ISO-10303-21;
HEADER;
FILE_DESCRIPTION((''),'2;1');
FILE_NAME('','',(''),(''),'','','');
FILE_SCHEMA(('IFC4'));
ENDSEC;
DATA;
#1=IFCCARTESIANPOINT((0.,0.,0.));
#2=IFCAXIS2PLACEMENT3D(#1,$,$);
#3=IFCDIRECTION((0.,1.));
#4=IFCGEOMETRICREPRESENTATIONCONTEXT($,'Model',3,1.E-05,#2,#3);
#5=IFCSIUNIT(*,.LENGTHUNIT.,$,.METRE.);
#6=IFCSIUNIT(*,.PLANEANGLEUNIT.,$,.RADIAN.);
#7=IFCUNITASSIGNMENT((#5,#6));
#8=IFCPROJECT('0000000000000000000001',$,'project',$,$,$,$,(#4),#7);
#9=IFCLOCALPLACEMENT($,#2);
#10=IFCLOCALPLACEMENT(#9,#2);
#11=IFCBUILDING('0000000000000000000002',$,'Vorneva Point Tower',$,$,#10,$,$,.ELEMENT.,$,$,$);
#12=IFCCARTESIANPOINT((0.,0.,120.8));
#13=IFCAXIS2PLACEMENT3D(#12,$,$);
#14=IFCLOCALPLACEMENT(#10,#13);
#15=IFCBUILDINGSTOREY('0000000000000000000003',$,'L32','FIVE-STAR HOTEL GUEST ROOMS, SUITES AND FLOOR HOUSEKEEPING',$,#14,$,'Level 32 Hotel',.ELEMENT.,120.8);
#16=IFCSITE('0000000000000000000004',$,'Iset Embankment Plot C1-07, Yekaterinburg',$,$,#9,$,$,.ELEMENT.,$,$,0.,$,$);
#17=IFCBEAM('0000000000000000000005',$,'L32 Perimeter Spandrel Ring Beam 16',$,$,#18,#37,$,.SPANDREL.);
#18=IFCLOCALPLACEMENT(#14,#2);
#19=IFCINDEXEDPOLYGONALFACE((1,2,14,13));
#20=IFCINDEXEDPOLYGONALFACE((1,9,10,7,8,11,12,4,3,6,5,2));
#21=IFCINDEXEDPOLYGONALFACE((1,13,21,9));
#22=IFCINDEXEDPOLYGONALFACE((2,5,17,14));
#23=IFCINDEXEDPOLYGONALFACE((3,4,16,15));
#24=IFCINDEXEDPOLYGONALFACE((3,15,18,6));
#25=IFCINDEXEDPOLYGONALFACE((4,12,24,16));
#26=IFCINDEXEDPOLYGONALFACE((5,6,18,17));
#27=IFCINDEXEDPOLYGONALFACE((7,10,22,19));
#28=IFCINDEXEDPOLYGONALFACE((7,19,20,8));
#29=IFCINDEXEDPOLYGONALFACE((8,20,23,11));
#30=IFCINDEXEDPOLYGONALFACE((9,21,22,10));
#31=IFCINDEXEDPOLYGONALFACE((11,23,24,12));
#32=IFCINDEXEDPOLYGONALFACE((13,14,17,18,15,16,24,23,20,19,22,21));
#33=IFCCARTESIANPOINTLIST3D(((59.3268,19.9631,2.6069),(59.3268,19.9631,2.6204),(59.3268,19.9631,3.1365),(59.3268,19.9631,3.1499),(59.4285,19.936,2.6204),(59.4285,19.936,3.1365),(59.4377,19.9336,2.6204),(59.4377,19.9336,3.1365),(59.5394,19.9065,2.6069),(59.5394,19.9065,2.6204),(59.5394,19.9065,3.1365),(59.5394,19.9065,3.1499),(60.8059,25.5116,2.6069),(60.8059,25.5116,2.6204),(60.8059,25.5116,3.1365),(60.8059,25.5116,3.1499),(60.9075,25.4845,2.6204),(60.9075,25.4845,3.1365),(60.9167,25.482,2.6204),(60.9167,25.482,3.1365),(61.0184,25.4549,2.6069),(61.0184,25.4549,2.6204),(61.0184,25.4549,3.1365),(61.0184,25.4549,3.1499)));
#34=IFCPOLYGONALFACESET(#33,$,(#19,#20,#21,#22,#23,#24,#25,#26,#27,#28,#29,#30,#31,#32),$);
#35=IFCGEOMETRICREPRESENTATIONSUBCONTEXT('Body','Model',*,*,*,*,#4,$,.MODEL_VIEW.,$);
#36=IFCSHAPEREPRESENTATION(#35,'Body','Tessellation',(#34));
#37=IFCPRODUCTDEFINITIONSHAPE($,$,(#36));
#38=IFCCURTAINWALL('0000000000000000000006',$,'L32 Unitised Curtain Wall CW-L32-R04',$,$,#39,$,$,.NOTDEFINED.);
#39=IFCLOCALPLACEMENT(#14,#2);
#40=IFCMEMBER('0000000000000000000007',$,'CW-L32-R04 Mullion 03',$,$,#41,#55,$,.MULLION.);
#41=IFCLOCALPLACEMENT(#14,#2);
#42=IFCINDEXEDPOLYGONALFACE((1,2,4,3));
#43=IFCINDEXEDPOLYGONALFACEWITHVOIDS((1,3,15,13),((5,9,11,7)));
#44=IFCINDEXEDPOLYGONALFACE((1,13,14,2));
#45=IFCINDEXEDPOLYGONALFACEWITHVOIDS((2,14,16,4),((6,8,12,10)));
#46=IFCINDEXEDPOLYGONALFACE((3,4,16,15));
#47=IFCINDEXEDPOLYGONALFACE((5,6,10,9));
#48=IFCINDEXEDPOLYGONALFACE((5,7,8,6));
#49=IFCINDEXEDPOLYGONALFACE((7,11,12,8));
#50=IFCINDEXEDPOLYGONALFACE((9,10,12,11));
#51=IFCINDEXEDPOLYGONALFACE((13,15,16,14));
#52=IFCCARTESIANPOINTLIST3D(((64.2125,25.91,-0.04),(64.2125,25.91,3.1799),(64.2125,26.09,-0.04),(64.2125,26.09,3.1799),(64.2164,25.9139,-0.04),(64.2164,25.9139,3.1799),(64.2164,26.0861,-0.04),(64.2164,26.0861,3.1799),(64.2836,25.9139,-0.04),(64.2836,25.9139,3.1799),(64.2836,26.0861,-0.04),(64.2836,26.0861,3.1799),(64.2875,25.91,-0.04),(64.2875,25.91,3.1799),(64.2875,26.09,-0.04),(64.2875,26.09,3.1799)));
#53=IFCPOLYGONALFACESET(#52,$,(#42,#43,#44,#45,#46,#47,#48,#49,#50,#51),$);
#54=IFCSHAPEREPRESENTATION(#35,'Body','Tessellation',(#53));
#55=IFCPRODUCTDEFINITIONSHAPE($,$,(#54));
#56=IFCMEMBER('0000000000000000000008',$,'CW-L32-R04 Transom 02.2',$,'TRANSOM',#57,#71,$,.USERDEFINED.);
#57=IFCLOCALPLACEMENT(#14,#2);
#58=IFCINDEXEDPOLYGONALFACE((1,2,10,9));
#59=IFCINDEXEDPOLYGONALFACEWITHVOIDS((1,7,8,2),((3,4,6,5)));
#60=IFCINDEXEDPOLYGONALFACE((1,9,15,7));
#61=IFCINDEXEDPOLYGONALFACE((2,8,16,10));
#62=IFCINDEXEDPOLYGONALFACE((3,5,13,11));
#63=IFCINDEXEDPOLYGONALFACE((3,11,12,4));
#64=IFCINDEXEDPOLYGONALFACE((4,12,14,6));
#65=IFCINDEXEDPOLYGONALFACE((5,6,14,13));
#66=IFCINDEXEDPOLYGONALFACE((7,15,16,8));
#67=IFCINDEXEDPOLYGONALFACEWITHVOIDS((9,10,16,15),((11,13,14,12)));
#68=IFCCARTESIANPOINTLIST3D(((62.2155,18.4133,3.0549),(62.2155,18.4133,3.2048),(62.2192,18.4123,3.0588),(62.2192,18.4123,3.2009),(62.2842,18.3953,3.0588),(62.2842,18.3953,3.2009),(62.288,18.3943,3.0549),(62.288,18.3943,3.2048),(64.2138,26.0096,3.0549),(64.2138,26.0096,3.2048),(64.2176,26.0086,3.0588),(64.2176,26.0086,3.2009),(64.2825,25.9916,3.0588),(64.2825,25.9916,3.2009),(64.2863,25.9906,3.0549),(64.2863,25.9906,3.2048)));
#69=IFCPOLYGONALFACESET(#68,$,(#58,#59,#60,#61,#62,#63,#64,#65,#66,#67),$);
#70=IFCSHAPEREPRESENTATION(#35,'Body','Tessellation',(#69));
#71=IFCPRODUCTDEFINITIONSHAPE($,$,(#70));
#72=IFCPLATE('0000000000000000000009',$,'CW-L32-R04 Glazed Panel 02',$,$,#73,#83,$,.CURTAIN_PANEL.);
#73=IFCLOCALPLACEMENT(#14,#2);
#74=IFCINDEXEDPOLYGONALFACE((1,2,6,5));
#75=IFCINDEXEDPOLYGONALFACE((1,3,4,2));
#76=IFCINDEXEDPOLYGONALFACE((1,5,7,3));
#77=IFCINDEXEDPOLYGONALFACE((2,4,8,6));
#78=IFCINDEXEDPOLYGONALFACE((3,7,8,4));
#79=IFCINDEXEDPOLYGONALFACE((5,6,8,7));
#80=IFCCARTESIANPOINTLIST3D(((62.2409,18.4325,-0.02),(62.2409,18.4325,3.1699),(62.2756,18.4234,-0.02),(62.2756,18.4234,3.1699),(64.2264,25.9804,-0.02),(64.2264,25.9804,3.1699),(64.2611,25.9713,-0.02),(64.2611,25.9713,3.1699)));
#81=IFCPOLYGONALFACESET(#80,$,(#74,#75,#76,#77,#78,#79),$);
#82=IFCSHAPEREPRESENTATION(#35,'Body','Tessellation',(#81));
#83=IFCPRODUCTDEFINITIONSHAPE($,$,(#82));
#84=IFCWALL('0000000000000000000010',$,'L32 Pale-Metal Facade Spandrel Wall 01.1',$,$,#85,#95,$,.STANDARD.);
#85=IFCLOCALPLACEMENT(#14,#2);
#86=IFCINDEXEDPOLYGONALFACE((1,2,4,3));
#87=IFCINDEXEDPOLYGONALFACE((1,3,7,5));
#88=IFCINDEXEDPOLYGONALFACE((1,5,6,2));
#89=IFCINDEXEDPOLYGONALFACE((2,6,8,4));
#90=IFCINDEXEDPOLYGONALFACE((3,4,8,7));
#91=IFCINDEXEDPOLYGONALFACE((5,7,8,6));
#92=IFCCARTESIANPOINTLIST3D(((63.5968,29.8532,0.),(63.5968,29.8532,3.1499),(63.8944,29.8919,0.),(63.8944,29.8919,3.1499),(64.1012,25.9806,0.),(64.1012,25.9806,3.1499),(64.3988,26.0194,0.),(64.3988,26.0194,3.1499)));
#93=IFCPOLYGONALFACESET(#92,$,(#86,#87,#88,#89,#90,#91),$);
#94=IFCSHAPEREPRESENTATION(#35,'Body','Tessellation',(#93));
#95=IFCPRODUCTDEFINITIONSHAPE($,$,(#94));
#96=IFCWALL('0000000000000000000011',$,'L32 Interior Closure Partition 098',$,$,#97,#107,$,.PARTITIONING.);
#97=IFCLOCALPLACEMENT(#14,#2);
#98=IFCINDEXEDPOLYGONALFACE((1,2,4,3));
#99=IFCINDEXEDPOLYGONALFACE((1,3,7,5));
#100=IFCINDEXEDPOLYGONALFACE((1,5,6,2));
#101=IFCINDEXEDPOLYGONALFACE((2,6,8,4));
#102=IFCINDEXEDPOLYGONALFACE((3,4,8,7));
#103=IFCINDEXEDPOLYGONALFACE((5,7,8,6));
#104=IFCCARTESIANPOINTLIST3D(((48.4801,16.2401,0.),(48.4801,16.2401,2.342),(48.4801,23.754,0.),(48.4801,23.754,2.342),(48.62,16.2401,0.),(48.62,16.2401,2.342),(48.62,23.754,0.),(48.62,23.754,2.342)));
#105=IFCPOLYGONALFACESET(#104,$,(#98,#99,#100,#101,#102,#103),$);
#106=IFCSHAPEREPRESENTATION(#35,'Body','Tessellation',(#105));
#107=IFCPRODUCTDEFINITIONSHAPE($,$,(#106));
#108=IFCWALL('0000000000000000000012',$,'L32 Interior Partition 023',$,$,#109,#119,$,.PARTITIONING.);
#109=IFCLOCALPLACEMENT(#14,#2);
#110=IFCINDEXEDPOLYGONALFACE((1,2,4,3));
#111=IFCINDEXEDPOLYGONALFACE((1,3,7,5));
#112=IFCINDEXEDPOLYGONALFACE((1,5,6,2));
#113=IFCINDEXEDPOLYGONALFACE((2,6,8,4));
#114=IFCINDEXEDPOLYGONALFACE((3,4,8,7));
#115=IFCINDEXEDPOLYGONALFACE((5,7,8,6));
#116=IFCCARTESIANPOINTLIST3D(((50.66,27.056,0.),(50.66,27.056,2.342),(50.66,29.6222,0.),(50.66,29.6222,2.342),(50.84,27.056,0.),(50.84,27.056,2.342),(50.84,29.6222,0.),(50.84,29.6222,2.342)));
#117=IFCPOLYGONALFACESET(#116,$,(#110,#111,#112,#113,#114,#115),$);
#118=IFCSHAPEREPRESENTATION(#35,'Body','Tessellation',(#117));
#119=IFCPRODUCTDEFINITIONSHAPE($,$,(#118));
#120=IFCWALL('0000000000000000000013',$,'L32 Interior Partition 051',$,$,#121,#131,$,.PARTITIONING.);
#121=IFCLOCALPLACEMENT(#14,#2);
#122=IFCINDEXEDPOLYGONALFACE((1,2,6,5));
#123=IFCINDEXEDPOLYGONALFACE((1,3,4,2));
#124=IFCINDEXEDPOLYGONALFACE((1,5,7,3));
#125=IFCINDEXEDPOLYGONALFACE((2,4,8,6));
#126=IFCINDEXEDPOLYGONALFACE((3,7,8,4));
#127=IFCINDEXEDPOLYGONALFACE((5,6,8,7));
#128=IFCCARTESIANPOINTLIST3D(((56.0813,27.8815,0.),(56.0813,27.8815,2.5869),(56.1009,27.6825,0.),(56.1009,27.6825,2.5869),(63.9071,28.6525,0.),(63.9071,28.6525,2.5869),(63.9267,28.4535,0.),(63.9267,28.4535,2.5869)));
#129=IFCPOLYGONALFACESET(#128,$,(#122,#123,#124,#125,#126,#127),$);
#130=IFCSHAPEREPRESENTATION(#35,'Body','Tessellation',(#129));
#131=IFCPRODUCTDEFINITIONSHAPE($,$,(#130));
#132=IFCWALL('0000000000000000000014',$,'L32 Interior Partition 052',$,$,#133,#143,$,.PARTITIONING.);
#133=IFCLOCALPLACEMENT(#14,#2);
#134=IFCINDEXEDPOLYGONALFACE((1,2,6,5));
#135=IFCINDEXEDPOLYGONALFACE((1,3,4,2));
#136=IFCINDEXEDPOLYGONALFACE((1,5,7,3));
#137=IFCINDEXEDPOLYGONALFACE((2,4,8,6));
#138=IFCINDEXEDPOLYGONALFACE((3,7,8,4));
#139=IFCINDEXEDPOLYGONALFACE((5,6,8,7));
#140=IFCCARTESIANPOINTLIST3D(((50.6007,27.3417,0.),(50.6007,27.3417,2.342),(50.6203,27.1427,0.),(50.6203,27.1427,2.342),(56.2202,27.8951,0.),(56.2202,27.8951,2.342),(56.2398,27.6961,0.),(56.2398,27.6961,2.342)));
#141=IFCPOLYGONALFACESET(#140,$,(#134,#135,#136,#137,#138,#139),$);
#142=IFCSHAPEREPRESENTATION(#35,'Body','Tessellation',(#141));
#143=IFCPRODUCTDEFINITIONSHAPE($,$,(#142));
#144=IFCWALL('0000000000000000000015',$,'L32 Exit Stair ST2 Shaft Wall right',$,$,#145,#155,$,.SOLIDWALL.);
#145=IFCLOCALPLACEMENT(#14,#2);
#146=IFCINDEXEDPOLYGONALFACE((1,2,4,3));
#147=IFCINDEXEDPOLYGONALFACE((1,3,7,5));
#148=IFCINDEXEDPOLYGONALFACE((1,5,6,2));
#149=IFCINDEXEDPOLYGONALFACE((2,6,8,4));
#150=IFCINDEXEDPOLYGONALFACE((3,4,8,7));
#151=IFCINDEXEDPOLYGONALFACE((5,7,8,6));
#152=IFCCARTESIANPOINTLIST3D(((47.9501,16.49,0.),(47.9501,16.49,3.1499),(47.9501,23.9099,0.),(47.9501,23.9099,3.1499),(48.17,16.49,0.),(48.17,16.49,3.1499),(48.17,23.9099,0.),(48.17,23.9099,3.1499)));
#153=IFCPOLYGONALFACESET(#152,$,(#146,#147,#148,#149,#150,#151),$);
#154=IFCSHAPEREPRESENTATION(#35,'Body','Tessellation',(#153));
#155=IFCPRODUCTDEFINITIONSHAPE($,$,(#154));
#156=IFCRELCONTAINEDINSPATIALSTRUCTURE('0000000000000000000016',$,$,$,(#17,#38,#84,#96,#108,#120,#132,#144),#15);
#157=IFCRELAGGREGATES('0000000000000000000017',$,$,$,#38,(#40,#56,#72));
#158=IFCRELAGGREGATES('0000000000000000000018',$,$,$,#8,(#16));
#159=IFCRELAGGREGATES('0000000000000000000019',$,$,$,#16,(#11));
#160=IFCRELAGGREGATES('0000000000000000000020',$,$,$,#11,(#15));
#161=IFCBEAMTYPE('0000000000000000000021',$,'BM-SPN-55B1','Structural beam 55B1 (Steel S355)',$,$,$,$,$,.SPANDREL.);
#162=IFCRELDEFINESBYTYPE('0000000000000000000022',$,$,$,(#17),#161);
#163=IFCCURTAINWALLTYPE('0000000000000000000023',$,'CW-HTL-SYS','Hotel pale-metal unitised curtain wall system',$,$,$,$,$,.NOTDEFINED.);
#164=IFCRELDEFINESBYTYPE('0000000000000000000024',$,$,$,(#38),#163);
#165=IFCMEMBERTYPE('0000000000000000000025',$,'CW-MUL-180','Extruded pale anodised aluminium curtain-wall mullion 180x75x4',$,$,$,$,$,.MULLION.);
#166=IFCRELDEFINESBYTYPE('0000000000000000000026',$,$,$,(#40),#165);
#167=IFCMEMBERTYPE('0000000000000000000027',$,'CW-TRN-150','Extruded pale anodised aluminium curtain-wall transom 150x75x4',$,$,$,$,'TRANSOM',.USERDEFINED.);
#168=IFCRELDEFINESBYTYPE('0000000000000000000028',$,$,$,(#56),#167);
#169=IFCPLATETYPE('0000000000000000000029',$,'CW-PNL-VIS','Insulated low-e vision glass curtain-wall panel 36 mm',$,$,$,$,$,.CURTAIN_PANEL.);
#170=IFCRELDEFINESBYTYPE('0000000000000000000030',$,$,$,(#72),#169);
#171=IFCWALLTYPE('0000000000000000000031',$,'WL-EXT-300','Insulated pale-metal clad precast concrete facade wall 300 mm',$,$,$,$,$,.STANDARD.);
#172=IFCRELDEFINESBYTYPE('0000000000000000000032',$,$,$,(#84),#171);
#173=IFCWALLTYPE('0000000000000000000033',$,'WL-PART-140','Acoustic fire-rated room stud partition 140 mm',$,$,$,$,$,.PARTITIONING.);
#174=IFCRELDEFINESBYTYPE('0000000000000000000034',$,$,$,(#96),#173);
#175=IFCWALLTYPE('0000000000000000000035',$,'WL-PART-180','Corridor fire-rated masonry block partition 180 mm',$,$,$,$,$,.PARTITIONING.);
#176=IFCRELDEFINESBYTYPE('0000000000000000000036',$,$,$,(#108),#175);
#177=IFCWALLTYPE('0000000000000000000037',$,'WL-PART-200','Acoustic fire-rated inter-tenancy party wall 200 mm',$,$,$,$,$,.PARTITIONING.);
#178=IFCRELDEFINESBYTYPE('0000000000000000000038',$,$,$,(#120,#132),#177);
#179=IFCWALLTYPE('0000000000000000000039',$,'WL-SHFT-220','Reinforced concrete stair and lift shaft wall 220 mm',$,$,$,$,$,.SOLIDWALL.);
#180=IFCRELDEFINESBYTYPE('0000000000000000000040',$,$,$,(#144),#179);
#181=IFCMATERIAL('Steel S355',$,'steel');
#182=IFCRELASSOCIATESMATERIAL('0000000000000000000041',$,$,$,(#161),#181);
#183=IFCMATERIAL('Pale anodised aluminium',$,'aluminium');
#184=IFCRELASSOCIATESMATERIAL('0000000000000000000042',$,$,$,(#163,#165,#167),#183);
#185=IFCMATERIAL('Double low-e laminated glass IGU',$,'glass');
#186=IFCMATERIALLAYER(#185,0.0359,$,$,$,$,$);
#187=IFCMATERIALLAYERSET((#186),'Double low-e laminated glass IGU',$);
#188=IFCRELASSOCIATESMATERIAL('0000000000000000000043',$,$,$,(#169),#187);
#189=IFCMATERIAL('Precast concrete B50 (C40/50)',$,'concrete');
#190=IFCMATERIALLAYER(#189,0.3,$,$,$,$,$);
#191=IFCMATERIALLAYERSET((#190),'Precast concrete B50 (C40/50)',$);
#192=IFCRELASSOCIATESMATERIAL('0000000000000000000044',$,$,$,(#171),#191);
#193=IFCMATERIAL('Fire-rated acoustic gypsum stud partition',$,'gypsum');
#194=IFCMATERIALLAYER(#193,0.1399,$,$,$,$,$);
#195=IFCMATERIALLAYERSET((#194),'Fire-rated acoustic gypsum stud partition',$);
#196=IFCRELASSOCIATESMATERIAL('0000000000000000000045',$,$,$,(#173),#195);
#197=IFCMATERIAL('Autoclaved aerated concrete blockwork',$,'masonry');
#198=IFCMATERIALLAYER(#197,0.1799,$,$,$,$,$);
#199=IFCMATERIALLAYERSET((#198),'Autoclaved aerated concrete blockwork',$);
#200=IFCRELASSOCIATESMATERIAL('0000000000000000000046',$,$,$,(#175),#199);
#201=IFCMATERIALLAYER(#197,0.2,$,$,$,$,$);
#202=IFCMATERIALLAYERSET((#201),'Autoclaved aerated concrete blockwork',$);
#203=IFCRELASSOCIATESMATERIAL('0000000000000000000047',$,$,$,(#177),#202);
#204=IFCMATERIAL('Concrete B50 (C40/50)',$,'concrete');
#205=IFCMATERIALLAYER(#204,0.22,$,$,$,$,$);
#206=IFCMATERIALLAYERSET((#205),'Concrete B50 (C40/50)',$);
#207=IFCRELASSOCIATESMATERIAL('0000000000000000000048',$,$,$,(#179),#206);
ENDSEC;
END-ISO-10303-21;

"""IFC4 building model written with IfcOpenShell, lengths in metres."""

from ifc_helpers import new_model, si_unit, direction, frame, frame_2d, origin, origin_2d, place, context, subcontext, project, spatial, rectangle, hollow_rectangle, i_section, extrude, material, layer, layer_set, material_profile, profile_set, type_object, element, aggregate, save


model = new_model("IFC4")

# Units and contexts
model_context = context("Model", 3, precision=1e-05, world=origin(), true_north=direction((0.0, 1.0)))
body_context = subcontext(model_context, "Body", "Model", "MODEL_VIEW")
ifc_project = project(units=[si_unit("LENGTHUNIT", "METRE"), si_unit("PLANEANGLEUNIT", "RADIAN")], contexts=[model_context])

# Site, building, storey
site_placement = place(None, origin())
site = spatial("IfcSite", under=ifc_project, at=site_placement, Name="Iset Embankment Plot C1-07, Yekaterinburg", CompositionType="ELEMENT", RefElevation=0.0)
building_placement = place(site_placement, origin())
building = spatial("IfcBuilding", under=site, at=building_placement, Name="Vorneva Point Tower", CompositionType="ELEMENT")
storey_placement = place(building_placement, frame((0.0, 0.0, 120.8)))
storey = spatial("IfcBuildingStorey", under=building, at=storey_placement, Name="L32", Description="FIVE-STAR HOTEL GUEST ROOMS, SUITES AND FLOOR HOUSEKEEPING", LongName="Level 32 Hotel", CompositionType="ELEMENT", Elevation=120.8)

# Beam
ifc_material_1 = material(Name="Steel S355", Category="steel")
ifc_material_profile_1 = material_profile(ifc_material_1, i_section(OverallWidth=0.22, OverallDepth=0.543, WebThickness=0.0095, FlangeThickness=0.0134, at=origin_2d()), Name="55B1")
ifc_profile_set_1 = profile_set([ifc_material_profile_1], Name="Steel S355")
beam_type_1 = type_object("IfcBeamType", Name="BM-SPN-55B1", Description="Structural beam 55B1 (Steel S355)", PredefinedType="SPANDREL", material=ifc_profile_set_1)
for number, where, z_axis, x_axis, name in (
    (1, (59.4331, 19.9348, 2.8784), (0.257573, 0.966259, 0.0), (-0.966259, 0.257573, 0.0), "L32 Perimeter Spandrel Ring Beam 16"),
):
    element("IfcBeam", number, at=place(storey_placement, frame(where, z_axis=z_axis, x_axis=x_axis)), inside=storey, type_object=beam_type_1, Name=name, PredefinedType="SPANDREL", context=body_context, shape_type="SweptSolid", body=[
        extrude(i_section(OverallWidth=0.22, OverallDepth=0.543, WebThickness=0.0095, FlangeThickness=0.0134, at=origin_2d()), origin(), (0.0, 0.0, 1.0), 5.7422),
    ])

# Curtain wall, members, plate
ifc_material_2 = material(Name="Pale anodised aluminium", Category="aluminium")
curtain_wall_type = type_object("IfcCurtainWallType", Name="CW-HTL-SYS", Description="Hotel pale-metal unitised curtain wall system", PredefinedType="NOTDEFINED", material=ifc_material_2)
curtain_wall_placement = place(storey_placement, origin())
curtain_wall = element("IfcCurtainWall", 2, at=curtain_wall_placement, inside=storey, type_object=curtain_wall_type, Name="L32 Unitised Curtain Wall CW-L32-R04", PredefinedType="NOTDEFINED")
ifc_material_profile_2 = material_profile(ifc_material_2, hollow_rectangle(XDim=0.075, YDim=0.1799, WallThickness=0.0039, at=origin_2d()), Name="AL-MUL 180x75x4")
ifc_profile_set_2 = profile_set([ifc_material_profile_2], Name="Pale anodised aluminium")
member_type_1 = type_object("IfcMemberType", Name="CW-MUL-180", Description="Extruded pale anodised aluminium curtain-wall mullion 180x75x4", PredefinedType="MULLION", material=ifc_profile_set_2)
member_1_placement = place(storey_placement, frame((64.25, 26.0, -0.04), z_axis=(0.0, 0.0, 1.0), x_axis=(1.0, 0.0, 0.0)))
member_1 = element("IfcMember", 3, at=member_1_placement, type_object=member_type_1, Name="CW-L32-R04 Mullion 03", PredefinedType="MULLION", context=body_context, shape_type="SweptSolid", body=[
    extrude(hollow_rectangle(XDim=0.075, YDim=0.1799, WallThickness=0.0039, at=origin_2d()), origin(), (0.0, 0.0, 1.0), 3.22),
])
ifc_material_profile_3 = material_profile(ifc_material_2, hollow_rectangle(XDim=0.075, YDim=0.1499, WallThickness=0.0039, at=origin_2d()), Name="AL-TRN 150x75x4")
ifc_profile_set_3 = profile_set([ifc_material_profile_3], Name="Pale anodised aluminium")
member_type_2 = type_object("IfcMemberType", Name="CW-TRN-150", Description="Extruded pale anodised aluminium curtain-wall transom 150x75x4", ElementType="TRANSOM", PredefinedType="USERDEFINED", material=ifc_profile_set_3)
member_2_placement = place(storey_placement, frame((62.2517, 18.4038, 3.1299), z_axis=(0.254409, 0.967097, 0.0), x_axis=(-0.967097, 0.254409, 0.0)))
member_2 = element("IfcMember", 4, at=member_2_placement, type_object=member_type_2, Name="CW-L32-R04 Transom 02.2", ObjectType="TRANSOM", PredefinedType="USERDEFINED", context=body_context, shape_type="SweptSolid", body=[
    extrude(hollow_rectangle(XDim=0.075, YDim=0.1499, WallThickness=0.0039, at=origin_2d()), origin(), (0.0, 0.0, 1.0), 7.8547),
])
ifc_material_3 = material(Name="Double low-e laminated glass IGU", Category="glass")
ifc_layer_1 = layer(ifc_material_3, 0.0359)
ifc_layer_set_1 = layer_set([ifc_layer_1], Name="Double low-e laminated glass IGU")
plate_type = type_object("IfcPlateType", Name="CW-PNL-VIS", Description="Insulated low-e vision glass curtain-wall panel 36 mm", PredefinedType="CURTAIN_PANEL", material=ifc_layer_set_1)
plate_placement = place(storey_placement, frame((63.251, 22.2019, -0.02), z_axis=(0.0, 0.0, 1.0), x_axis=(0.254399, 0.967099, 0.0)))
plate = element("IfcPlate", 5, at=plate_placement, type_object=plate_type, Name="CW-L32-R04 Glazed Panel 02", PredefinedType="CURTAIN_PANEL", context=body_context, shape_type="SweptSolid", body=[
    extrude(rectangle(XDim=7.8047, YDim=0.0359, at=origin_2d()), origin(), (0.0, 0.0, 1.0), 3.1899),
])
aggregate(curtain_wall, [member_1, member_2, plate])

# Walls
ifc_material_4 = material(Name="Precast concrete B50 (C40/50)", Category="concrete")
ifc_layer_2 = layer(ifc_material_4, 0.3)
ifc_layer_set_2 = layer_set([ifc_layer_2], Name="Precast concrete B50 (C40/50)")
wall_type_1 = type_object("IfcWallType", Name="WL-EXT-300", Description="Insulated pale-metal clad precast concrete facade wall 300 mm", PredefinedType="STANDARD", material=ifc_layer_set_2)
wall_1_placement = place(storey_placement, frame((64.25, 26.0, 0.0), z_axis=(0.0, 0.0, 1.0), x_axis=(-0.129157, 0.991624, 0.0)))
element("IfcWall", 6, at=wall_1_placement, inside=storey, type_object=wall_type_1, Name="L32 Pale-Metal Facade Spandrel Wall 01.1", PredefinedType="STANDARD", context=body_context, shape_type="SweptSolid", body=[
    extrude(rectangle(XDim=3.9053, YDim=0.3, at=frame_2d((1.9526, 0.0))), origin(), (0.0, 0.0, 1.0), 3.1499),
])
ifc_material_5 = material(Name="Fire-rated acoustic gypsum stud partition", Category="gypsum")
ifc_layer_3 = layer(ifc_material_5, 0.1399)
ifc_layer_set_3 = layer_set([ifc_layer_3], Name="Fire-rated acoustic gypsum stud partition")
wall_type_2 = type_object("IfcWallType", Name="WL-PART-140", Description="Acoustic fire-rated room stud partition 140 mm", PredefinedType="PARTITIONING", material=ifc_layer_set_3)
wall_2_placement = place(storey_placement, frame((48.55, 23.7539, 0.0), z_axis=(0.0, 0.0, 1.0), x_axis=(0.0, -1.0, 0.0)))
element("IfcWall", 7, at=wall_2_placement, inside=storey, type_object=wall_type_2, Name="L32 Interior Closure Partition 098", PredefinedType="PARTITIONING", context=body_context, shape_type="SweptSolid", body=[
    extrude(rectangle(XDim=7.5139, YDim=0.1399, at=frame_2d((3.7568, 0.0))), origin(), (0.0, 0.0, 1.0), 2.342),
])

# Shared definitions
ifc_material_6 = material(Name="Autoclaved aerated concrete blockwork", Category="masonry")
ifc_layer_4 = layer(ifc_material_6, 0.1799)
ifc_layer_set_4 = layer_set([ifc_layer_4], Name="Autoclaved aerated concrete blockwork")
wall_type_3 = type_object("IfcWallType", Name="WL-PART-180", Description="Corridor fire-rated masonry block partition 180 mm", PredefinedType="PARTITIONING", material=ifc_layer_set_4)

# Walls
wall_3_placement = place(storey_placement, frame((50.75, 27.0559, 0.0), z_axis=(0.0, 0.0, 1.0), x_axis=(0.0, 1.0, 0.0)))
element("IfcWall", 8, at=wall_3_placement, inside=storey, type_object=wall_type_3, Name="L32 Interior Partition 023", PredefinedType="PARTITIONING", context=body_context, shape_type="SweptSolid", body=[
    extrude(rectangle(XDim=2.5662, YDim=0.1799, at=frame_2d((1.2832, 0.0))), origin(), (0.0, 0.0, 1.0), 2.342),
])
ifc_layer_5 = layer(ifc_material_6, 0.2)
ifc_layer_set_5 = layer_set([ifc_layer_5], Name="Autoclaved aerated concrete blockwork")
wall_type_4 = type_object("IfcWallType", Name="WL-PART-200", Description="Acoustic fire-rated inter-tenancy party wall 200 mm", PredefinedType="PARTITIONING", material=ifc_layer_set_5)
wall_4_placement = place(storey_placement, frame((56.0911, 27.782, 0.0), z_axis=(0.0, 0.0, 1.0), x_axis=(0.995182, 0.098044, 0.0)))
element("IfcWall", 9, at=wall_4_placement, inside=storey, type_object=wall_type_4, Name="L32 Interior Partition 051", PredefinedType="PARTITIONING", context=body_context, shape_type="SweptSolid", body=[
    extrude(rectangle(XDim=7.8638, YDim=0.2, at=frame_2d((3.9319, 0.0))), origin(), (0.0, 0.0, 1.0), 2.5869),
])
wall_5_placement = place(storey_placement, frame((50.6106, 27.2422, 0.0), z_axis=(0.0, 0.0, 1.0), x_axis=(0.995185, 0.098014, 0.0)))
element("IfcWall", 10, at=wall_5_placement, inside=storey, type_object=wall_type_4, Name="L32 Interior Partition 052", PredefinedType="PARTITIONING", context=body_context, shape_type="SweptSolid", body=[
    extrude(rectangle(XDim=5.6467, YDim=0.2, at=frame_2d((2.8232, 0.0))), origin(), (0.0, 0.0, 1.0), 2.342),
])
ifc_material_7 = material(Name="Concrete B50 (C40/50)", Category="concrete")
ifc_layer_6 = layer(ifc_material_7, 0.22)
ifc_layer_set_6 = layer_set([ifc_layer_6], Name="Concrete B50 (C40/50)")
wall_type_5 = type_object("IfcWallType", Name="WL-SHFT-220", Description="Reinforced concrete stair and lift shaft wall 220 mm", PredefinedType="SOLIDWALL", material=ifc_layer_set_6)
wall_6_placement = place(storey_placement, frame((48.0601, 23.9099, 0.0), z_axis=(0.0, 0.0, 1.0), x_axis=(0.0, -1.0, 0.0)))
element("IfcWall", 11, at=wall_6_placement, inside=storey, type_object=wall_type_5, Name="L32 Exit Stair ST2 Shaft Wall right", PredefinedType="SOLIDWALL", context=body_context, shape_type="SweptSolid", body=[
    extrude(rectangle(XDim=7.4199, YDim=0.22, at=frame_2d((3.71, 0.0))), origin(), (0.0, 0.0, 1.0), 3.1499),
])

save(model, "model.ifc")
